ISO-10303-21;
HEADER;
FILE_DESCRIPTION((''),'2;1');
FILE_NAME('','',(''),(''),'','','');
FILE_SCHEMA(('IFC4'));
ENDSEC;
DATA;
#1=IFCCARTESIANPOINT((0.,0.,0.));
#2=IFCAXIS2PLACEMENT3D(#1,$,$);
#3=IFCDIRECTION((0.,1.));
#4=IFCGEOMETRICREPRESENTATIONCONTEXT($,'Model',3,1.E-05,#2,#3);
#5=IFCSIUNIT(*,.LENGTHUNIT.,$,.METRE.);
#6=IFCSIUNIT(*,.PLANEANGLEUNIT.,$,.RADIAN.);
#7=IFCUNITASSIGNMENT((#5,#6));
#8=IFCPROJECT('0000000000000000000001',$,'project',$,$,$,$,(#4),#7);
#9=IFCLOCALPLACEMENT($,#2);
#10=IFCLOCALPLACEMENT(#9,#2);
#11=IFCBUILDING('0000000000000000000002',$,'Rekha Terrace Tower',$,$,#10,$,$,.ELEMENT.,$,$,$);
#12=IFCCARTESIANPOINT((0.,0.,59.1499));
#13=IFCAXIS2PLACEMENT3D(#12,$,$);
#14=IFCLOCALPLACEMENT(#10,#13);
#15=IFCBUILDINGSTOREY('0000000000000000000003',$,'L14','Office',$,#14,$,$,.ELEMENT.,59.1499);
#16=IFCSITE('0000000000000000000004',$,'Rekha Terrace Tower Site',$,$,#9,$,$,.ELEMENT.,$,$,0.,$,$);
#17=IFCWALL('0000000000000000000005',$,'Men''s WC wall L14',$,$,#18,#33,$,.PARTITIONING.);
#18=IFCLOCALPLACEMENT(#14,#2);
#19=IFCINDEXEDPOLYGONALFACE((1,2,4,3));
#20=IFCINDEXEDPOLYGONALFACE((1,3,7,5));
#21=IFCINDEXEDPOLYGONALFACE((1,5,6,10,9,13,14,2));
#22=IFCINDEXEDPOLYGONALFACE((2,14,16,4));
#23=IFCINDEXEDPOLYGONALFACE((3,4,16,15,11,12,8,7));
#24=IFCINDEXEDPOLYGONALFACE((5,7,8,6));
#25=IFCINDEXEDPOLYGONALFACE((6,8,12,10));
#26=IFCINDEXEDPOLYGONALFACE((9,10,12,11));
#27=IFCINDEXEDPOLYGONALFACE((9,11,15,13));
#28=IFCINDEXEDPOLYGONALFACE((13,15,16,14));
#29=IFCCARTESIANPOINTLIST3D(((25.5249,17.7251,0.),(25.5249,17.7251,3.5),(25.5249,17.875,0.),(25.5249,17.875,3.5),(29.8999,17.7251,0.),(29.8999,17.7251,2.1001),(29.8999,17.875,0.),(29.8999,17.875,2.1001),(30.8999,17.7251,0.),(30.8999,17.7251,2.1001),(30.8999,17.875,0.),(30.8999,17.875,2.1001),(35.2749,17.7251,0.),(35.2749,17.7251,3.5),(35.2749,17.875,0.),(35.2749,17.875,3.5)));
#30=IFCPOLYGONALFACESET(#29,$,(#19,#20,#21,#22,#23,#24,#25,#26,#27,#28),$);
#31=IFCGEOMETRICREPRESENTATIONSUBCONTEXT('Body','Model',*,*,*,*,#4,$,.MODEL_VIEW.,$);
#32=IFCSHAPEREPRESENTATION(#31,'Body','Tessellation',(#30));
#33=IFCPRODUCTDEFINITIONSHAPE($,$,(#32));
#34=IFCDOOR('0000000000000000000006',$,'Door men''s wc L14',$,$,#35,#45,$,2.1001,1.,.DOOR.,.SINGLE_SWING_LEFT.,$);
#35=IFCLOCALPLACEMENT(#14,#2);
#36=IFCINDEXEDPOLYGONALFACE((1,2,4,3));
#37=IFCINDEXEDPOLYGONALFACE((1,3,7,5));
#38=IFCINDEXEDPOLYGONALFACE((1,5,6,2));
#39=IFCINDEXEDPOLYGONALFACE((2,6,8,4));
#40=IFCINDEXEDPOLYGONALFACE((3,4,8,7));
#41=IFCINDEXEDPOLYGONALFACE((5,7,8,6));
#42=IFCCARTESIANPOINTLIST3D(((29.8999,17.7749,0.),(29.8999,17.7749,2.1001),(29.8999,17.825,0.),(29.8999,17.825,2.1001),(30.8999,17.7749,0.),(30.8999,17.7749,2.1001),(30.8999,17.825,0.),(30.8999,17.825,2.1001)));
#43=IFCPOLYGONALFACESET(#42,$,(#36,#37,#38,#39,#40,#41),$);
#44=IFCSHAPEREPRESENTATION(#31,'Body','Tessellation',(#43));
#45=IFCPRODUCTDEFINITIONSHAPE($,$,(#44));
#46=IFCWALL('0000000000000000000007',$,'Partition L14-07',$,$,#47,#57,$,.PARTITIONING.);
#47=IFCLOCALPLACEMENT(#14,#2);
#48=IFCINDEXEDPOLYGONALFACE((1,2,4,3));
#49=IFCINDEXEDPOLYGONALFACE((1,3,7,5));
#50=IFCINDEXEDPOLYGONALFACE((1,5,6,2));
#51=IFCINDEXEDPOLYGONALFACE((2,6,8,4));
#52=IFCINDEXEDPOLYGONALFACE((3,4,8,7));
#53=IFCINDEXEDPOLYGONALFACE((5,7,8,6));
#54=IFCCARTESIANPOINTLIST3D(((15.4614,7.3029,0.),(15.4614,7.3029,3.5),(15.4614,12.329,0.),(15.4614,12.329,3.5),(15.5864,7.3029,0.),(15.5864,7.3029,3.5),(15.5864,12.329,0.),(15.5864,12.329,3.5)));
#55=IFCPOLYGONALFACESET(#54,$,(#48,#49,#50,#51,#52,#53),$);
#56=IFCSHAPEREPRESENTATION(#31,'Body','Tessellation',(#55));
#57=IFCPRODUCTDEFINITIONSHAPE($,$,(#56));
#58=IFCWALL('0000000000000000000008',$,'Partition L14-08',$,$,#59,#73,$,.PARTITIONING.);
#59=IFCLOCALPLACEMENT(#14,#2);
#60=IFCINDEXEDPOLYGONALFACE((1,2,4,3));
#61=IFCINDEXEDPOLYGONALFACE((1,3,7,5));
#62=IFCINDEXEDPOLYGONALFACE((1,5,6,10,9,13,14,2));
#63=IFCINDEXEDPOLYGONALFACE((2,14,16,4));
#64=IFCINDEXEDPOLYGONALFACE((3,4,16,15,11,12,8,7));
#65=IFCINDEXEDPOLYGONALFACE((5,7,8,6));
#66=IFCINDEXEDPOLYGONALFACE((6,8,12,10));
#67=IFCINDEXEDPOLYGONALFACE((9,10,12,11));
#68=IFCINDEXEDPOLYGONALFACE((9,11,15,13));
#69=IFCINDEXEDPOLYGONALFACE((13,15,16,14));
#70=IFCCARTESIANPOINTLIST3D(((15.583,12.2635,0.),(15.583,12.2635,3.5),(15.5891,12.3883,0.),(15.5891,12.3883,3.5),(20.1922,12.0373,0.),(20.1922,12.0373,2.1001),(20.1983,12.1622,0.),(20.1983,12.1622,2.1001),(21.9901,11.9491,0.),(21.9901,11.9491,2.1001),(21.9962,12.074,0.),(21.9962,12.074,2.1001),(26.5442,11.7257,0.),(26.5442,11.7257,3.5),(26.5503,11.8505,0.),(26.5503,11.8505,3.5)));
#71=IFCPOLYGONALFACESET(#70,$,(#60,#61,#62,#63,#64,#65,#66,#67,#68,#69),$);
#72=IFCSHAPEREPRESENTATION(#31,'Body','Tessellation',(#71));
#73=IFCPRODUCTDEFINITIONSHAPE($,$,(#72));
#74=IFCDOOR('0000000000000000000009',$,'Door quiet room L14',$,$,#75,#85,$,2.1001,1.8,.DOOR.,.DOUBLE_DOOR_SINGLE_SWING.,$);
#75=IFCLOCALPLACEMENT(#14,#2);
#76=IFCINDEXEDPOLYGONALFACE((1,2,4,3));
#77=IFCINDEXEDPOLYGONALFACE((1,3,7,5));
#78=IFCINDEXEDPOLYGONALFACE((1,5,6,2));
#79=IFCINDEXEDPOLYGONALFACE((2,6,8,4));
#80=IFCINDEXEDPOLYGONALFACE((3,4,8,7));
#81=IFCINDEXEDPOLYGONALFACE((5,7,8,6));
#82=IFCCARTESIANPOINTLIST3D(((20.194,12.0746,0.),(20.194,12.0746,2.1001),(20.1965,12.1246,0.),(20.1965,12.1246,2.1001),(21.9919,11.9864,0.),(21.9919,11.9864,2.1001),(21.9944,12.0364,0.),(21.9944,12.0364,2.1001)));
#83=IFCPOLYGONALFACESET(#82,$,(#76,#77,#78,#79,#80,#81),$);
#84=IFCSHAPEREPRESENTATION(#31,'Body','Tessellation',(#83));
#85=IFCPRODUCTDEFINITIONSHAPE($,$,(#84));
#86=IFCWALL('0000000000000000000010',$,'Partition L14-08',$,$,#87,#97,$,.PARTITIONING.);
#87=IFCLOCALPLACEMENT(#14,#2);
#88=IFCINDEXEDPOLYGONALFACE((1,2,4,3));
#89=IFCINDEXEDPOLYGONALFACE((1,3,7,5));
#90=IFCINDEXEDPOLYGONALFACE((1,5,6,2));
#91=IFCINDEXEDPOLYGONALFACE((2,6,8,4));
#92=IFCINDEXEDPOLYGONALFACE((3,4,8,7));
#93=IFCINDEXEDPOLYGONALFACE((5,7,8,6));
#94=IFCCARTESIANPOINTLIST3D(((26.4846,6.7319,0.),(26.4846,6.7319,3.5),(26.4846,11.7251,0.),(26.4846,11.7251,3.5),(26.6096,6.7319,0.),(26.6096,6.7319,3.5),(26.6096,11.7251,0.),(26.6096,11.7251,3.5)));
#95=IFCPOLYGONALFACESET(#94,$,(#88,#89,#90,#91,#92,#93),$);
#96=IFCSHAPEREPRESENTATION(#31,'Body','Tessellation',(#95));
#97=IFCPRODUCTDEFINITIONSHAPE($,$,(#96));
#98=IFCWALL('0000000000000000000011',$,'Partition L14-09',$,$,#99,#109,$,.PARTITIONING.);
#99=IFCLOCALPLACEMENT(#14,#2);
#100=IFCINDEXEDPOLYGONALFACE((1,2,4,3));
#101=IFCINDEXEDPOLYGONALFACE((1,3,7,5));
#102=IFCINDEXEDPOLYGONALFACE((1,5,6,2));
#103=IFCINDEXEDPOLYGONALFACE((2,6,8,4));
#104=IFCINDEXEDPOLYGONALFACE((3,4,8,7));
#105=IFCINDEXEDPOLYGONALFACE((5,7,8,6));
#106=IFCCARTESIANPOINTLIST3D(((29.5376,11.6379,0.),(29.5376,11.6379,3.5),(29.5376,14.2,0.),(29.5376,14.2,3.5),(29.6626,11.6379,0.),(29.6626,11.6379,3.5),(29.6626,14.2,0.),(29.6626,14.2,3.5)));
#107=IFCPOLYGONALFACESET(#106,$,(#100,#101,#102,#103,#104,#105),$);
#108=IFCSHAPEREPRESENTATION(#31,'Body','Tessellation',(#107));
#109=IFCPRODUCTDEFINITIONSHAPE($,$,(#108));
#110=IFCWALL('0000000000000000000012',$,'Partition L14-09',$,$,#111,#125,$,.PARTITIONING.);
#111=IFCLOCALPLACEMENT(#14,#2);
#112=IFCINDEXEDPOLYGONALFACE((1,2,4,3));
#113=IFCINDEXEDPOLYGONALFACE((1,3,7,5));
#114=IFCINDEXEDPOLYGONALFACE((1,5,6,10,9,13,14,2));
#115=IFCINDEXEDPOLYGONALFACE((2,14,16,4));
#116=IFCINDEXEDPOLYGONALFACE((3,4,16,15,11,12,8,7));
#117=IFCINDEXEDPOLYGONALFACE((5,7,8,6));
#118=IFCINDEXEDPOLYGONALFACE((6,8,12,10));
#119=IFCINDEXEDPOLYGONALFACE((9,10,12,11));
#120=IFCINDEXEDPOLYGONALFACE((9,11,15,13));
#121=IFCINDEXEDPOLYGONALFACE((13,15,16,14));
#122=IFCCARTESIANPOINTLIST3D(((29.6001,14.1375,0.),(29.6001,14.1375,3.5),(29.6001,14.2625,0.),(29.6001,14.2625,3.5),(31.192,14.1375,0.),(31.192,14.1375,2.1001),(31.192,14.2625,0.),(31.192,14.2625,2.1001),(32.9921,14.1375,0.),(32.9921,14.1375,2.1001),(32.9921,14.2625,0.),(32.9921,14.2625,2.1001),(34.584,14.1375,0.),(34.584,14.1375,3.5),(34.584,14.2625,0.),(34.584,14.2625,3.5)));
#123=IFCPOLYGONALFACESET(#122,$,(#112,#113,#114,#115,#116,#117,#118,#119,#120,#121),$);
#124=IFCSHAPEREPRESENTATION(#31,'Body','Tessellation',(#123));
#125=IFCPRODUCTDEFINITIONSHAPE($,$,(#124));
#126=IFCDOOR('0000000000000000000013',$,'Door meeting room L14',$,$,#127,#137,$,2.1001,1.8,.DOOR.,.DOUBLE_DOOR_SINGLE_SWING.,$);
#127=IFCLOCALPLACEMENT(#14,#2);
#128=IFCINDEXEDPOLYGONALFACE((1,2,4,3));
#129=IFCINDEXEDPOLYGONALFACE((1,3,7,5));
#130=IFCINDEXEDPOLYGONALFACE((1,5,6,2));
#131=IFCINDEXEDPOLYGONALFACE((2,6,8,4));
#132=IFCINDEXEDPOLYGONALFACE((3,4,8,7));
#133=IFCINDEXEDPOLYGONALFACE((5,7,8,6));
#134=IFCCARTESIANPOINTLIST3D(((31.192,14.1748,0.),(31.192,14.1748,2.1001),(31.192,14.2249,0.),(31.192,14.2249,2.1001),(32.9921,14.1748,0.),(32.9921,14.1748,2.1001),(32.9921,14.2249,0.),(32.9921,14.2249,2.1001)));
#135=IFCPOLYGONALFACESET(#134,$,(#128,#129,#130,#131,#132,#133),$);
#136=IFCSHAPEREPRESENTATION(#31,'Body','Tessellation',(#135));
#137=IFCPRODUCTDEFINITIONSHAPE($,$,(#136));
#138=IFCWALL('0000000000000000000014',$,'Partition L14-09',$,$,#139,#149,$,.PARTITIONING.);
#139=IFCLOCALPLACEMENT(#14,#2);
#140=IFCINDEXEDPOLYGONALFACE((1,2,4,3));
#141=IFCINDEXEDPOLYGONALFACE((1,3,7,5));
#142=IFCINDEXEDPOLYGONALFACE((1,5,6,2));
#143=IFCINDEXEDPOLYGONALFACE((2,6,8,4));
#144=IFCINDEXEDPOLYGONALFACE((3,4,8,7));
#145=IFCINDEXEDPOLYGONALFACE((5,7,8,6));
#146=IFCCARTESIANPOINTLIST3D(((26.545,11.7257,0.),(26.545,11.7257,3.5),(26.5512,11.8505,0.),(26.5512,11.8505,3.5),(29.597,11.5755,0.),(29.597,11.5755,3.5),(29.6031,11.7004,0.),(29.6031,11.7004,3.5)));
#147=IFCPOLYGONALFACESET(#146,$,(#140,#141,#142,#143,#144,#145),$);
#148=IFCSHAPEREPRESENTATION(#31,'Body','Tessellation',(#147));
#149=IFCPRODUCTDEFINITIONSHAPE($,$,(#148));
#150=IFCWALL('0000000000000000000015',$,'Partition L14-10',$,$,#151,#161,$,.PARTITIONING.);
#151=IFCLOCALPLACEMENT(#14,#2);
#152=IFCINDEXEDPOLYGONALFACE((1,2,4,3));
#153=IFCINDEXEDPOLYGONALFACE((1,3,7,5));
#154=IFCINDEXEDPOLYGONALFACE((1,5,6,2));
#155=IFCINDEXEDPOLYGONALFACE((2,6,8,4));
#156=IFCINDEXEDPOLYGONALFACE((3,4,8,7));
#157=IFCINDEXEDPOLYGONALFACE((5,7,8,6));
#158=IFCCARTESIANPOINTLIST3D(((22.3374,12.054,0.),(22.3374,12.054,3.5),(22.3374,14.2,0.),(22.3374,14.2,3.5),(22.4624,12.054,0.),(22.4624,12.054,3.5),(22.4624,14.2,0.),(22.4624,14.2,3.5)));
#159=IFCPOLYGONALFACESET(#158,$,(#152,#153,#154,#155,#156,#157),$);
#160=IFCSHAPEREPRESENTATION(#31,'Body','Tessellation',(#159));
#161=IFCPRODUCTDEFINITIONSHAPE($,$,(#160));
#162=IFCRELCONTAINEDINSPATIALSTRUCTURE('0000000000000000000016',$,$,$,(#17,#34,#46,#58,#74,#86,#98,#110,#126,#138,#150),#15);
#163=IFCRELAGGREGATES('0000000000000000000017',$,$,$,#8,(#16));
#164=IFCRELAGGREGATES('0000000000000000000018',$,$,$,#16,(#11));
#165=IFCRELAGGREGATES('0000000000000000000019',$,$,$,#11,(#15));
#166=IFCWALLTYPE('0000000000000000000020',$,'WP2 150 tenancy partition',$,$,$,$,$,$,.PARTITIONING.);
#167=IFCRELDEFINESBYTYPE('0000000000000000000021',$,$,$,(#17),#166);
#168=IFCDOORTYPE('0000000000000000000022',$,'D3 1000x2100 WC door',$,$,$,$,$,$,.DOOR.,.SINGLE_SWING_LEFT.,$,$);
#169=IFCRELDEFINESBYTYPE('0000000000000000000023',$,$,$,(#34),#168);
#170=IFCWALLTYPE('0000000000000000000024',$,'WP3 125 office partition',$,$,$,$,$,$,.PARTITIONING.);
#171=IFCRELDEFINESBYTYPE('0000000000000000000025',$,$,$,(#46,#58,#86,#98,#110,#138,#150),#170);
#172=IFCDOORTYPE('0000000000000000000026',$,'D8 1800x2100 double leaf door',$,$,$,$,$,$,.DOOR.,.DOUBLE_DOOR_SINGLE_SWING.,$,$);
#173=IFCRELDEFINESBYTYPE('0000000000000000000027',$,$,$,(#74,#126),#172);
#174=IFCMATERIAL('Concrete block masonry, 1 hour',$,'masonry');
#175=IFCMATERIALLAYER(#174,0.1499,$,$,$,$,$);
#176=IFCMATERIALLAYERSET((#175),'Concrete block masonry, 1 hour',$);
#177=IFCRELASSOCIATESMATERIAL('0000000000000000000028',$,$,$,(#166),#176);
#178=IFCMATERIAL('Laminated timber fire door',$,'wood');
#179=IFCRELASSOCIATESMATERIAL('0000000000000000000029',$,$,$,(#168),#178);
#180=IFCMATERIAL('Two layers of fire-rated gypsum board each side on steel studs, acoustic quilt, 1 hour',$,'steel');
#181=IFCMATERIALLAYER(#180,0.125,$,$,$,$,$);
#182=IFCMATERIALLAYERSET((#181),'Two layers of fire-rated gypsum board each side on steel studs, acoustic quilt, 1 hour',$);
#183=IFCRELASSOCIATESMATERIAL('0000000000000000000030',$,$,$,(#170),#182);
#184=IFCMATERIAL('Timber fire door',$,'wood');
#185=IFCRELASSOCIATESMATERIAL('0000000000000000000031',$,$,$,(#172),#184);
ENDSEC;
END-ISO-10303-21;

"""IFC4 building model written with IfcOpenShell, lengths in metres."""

from ifc_helpers import new_model, si_unit, direction, frame, frame_2d, origin, place, context, subcontext, project, spatial, rectangle, extrude, material, layer, layer_set, type_object, element, fill, save


model = new_model("IFC4")

# Units and contexts
model_context = context("Model", 3, precision=1e-05, world=origin(), true_north=direction((0.0, 1.0)))
body_context = subcontext(model_context, "Body", "Model", "MODEL_VIEW")
ifc_project = project(units=[si_unit("LENGTHUNIT", "METRE"), si_unit("PLANEANGLEUNIT", "RADIAN")], contexts=[model_context])

# Site, building, storey
site_placement = place(None, origin())
site = spatial("IfcSite", under=ifc_project, at=site_placement, Name="Rekha Terrace Tower Site", CompositionType="ELEMENT", RefElevation=0.0)
building_placement = place(site_placement, origin())
building = spatial("IfcBuilding", under=site, at=building_placement, Name="Rekha Terrace Tower", CompositionType="ELEMENT")
storey_placement = place(building_placement, frame((0.0, 0.0, 59.1499)))
storey = spatial("IfcBuildingStorey", under=building, at=storey_placement, Name="L14", Description="Office", CompositionType="ELEMENT", Elevation=59.1499)

# Wall, opening, door
ifc_material_1 = material(Name="Concrete block masonry, 1 hour", Category="masonry")
ifc_layer_1 = layer(ifc_material_1, 0.1499)
ifc_layer_set_1 = layer_set([ifc_layer_1], Name="Concrete block masonry, 1 hour")
wall_type_1 = type_object("IfcWallType", Name="WP2 150 tenancy partition", PredefinedType="PARTITIONING", material=ifc_layer_set_1)
wall_1_placement = place(storey_placement, frame((25.5249, 17.8, 0.0), z_axis=(0.0, 0.0, 1.0), x_axis=(1.0, 0.0, 0.0)))
wall_1 = element("IfcWall", 1, at=wall_1_placement, inside=storey, type_object=wall_type_1, Name="Men's WC wall L14", PredefinedType="PARTITIONING", context=body_context, shape_type="SweptSolid", body=[
    extrude(rectangle(XDim=9.75, YDim=0.1499, at=frame_2d((4.875, 0.0))), origin(), (0.0, 0.0, 1.0), 3.5),
])
opening_1_placement = place(wall_1_placement, frame((4.375, 0.0, 0.0)))
opening_1 = element("IfcOpeningElement", 2, at=opening_1_placement, cuts=wall_1, PredefinedType="OPENING", context=body_context, shape_type="SweptSolid", body=[
    extrude(rectangle(XDim=1.0, YDim=2.1001, at=frame_2d((0.5, 1.05))), frame((0.0, 0.085, 0.0), z_axis=(0.0, -1.0, 0.0), x_axis=(1.0, 0.0, 0.0)), (0.0, 0.0, 1.0), 0.1699),
])
ifc_material_2 = material(Name="Laminated timber fire door", Category="wood")
door_type_1 = type_object("IfcDoorType", Name="D3 1000x2100 WC door", OperationType="SINGLE_SWING_LEFT", PredefinedType="DOOR", material=ifc_material_2)
door_1_placement = place(opening_1_placement, origin())
door_1 = element("IfcDoor", 3, at=door_1_placement, inside=storey, type_object=door_type_1, Name="Door men's wc L14", OperationType="SINGLE_SWING_LEFT", OverallHeight=2.1001, OverallWidth=1.0, PredefinedType="DOOR", context=body_context, shape_type="SweptSolid", body=[
    extrude(rectangle(XDim=1.0, YDim=2.1001, at=frame_2d((0.5, 1.05))), frame((0.0, 0.0249, 0.0), z_axis=(0.0, -1.0, 0.0), x_axis=(1.0, 0.0, 0.0)), (0.0, 0.0, 1.0), 0.05),
])
fill(opening_1, door_1)

# Wall
ifc_material_3 = material(Name="Two layers of fire-rated gypsum board each side on steel studs, acoustic quilt, 1 hour", Category="steel")
ifc_layer_2 = layer(ifc_material_3, 0.125)
ifc_layer_set_2 = layer_set([ifc_layer_2], Name="Two layers of fire-rated gypsum board each side on steel studs, acoustic quilt, 1 hour")
wall_type_2 = type_object("IfcWallType", Name="WP3 125 office partition", PredefinedType="PARTITIONING", material=ifc_layer_set_2)
wall_2_placement = place(storey_placement, frame((15.5239, 12.3291, 0.0), z_axis=(0.0, 0.0, 1.0), x_axis=(0.0, -1.0, 0.0)))
element("IfcWall", 4, at=wall_2_placement, inside=storey, type_object=wall_type_2, Name="Partition L14-07", PredefinedType="PARTITIONING", context=body_context, shape_type="SweptSolid", body=[
    extrude(rectangle(XDim=5.0261, YDim=0.125, at=frame_2d((2.5132, 0.0))), origin(), (0.0, 0.0, 1.0), 3.5),
])

# Wall, opening, door
wall_3_placement = place(storey_placement, frame((15.5859, 12.3259, 0.0), z_axis=(0.0, 0.0, 1.0), x_axis=(0.998798, -0.049009, 0.0)))
wall_3 = element("IfcWall", 5, at=wall_3_placement, inside=storey, type_object=wall_type_2, Name="Partition L14-08", PredefinedType="PARTITIONING", context=body_context, shape_type="SweptSolid", body=[
    extrude(rectangle(XDim=10.9744, YDim=0.125, at=frame_2d((5.4873, 0.0))), origin(), (0.0, 0.0, 1.0), 3.5),
])
opening_2_placement = place(wall_3_placement, frame((4.615, 0.0, 0.0)))
opening_2 = element("IfcOpeningElement", 6, at=opening_2_placement, cuts=wall_3, PredefinedType="OPENING", context=body_context, shape_type="SweptSolid", body=[
    extrude(rectangle(XDim=1.8, YDim=2.1001, at=frame_2d((0.8999, 1.05))), frame((0.0, 0.0725, 0.0), z_axis=(0.0, -1.0, 0.0), x_axis=(1.0, 0.0, 0.0)), (0.0, 0.0, 1.0), 0.145),
])
ifc_material_4 = material(Name="Timber fire door", Category="wood")
door_type_2 = type_object("IfcDoorType", Name="D8 1800x2100 double leaf door", OperationType="DOUBLE_DOOR_SINGLE_SWING", PredefinedType="DOOR", material=ifc_material_4)
door_2_placement = place(opening_2_placement, origin())
door_2 = element("IfcDoor", 7, at=door_2_placement, inside=storey, type_object=door_type_2, Name="Door quiet room L14", OperationType="DOUBLE_DOOR_SINGLE_SWING", OverallHeight=2.1001, OverallWidth=1.8, PredefinedType="DOOR", context=body_context, shape_type="SweptSolid", body=[
    extrude(rectangle(XDim=1.8, YDim=2.1001, at=frame_2d((0.8999, 1.05))), frame((0.0, 0.0249, 0.0), z_axis=(0.0, -1.0, 0.0), x_axis=(1.0, 0.0, 0.0)), (0.0, 0.0, 1.0), 0.05),
])
fill(opening_2, door_2)

# Walls
wall_4_placement = place(storey_placement, frame((26.5471, 11.7251, 0.0), z_axis=(0.0, 0.0, 1.0), x_axis=(0.0, -1.0, 0.0)))
element("IfcWall", 8, at=wall_4_placement, inside=storey, type_object=wall_type_2, Name="Partition L14-08", PredefinedType="PARTITIONING", context=body_context, shape_type="SweptSolid", body=[
    extrude(rectangle(XDim=4.9932, YDim=0.125, at=frame_2d((2.4966, 0.0))), origin(), (0.0, 0.0, 1.0), 3.5),
])
wall_5_placement = place(storey_placement, frame((29.6001, 11.6379, 0.0), z_axis=(0.0, 0.0, 1.0), x_axis=(0.0, 1.0, 0.0)))
element("IfcWall", 9, at=wall_5_placement, inside=storey, type_object=wall_type_2, Name="Partition L14-09", PredefinedType="PARTITIONING", context=body_context, shape_type="SweptSolid", body=[
    extrude(rectangle(XDim=2.562, YDim=0.125, at=frame_2d((1.281, 0.0))), origin(), (0.0, 0.0, 1.0), 3.5),
])

# Wall, opening, door
wall_6_placement = place(storey_placement, frame((29.6001, 14.2, 0.0), z_axis=(0.0, 0.0, 1.0), x_axis=(1.0, 0.0, 0.0)))
wall_6 = element("IfcWall", 10, at=wall_6_placement, inside=storey, type_object=wall_type_2, Name="Partition L14-09", PredefinedType="PARTITIONING", context=body_context, shape_type="SweptSolid", body=[
    extrude(rectangle(XDim=4.9839, YDim=0.125, at=frame_2d((2.4919, 0.0))), origin(), (0.0, 0.0, 1.0), 3.5),
])
opening_3_placement = place(wall_6_placement, frame((1.592, 0.0, 0.0)))
opening_3 = element("IfcOpeningElement", 11, at=opening_3_placement, cuts=wall_6, PredefinedType="OPENING", context=body_context, shape_type="SweptSolid", body=[
    extrude(rectangle(XDim=1.8, YDim=2.1001, at=frame_2d((0.8999, 1.05))), frame((0.0, 0.0725, 0.0), z_axis=(0.0, -1.0, 0.0), x_axis=(1.0, 0.0, 0.0)), (0.0, 0.0, 1.0), 0.145),
])
door_3_placement = place(opening_3_placement, origin())
door_3 = element("IfcDoor", 12, at=door_3_placement, inside=storey, type_object=door_type_2, Name="Door meeting room L14", OperationType="DOUBLE_DOOR_SINGLE_SWING", OverallHeight=2.1001, OverallWidth=1.8, PredefinedType="DOOR", context=body_context, shape_type="SweptSolid", body=[
    extrude(rectangle(XDim=1.8, YDim=2.1001, at=frame_2d((0.8999, 1.05))), frame((0.0, 0.0249, 0.0), z_axis=(0.0, -1.0, 0.0), x_axis=(1.0, 0.0, 0.0)), (0.0, 0.0, 1.0), 0.05),
])
fill(opening_3, door_3)

# Walls
wall_7_placement = place(storey_placement, frame((26.5481, 11.7881, 0.0), z_axis=(0.0, 0.0, 1.0), x_axis=(0.998792, -0.049137, 0.0)))
element("IfcWall", 13, at=wall_7_placement, inside=storey, type_object=wall_type_2, Name="Partition L14-09", PredefinedType="PARTITIONING", context=body_context, shape_type="SweptSolid", body=[
    extrude(rectangle(XDim=3.0557, YDim=0.125, at=frame_2d((1.5278, 0.0))), origin(), (0.0, 0.0, 1.0), 3.5),
])
wall_8_placement = place(storey_placement, frame((22.3999, 12.054, 0.0), z_axis=(0.0, 0.0, 1.0), x_axis=(0.0, 1.0, 0.0)))
element("IfcWall", 14, at=wall_8_placement, inside=storey, type_object=wall_type_2, Name="Partition L14-10", PredefinedType="PARTITIONING", context=body_context, shape_type="SweptSolid", body=[
    extrude(rectangle(XDim=2.146, YDim=0.125, at=frame_2d((1.073, 0.0))), origin(), (0.0, 0.0, 1.0), 3.5),
])

save(model, "model.ifc")
